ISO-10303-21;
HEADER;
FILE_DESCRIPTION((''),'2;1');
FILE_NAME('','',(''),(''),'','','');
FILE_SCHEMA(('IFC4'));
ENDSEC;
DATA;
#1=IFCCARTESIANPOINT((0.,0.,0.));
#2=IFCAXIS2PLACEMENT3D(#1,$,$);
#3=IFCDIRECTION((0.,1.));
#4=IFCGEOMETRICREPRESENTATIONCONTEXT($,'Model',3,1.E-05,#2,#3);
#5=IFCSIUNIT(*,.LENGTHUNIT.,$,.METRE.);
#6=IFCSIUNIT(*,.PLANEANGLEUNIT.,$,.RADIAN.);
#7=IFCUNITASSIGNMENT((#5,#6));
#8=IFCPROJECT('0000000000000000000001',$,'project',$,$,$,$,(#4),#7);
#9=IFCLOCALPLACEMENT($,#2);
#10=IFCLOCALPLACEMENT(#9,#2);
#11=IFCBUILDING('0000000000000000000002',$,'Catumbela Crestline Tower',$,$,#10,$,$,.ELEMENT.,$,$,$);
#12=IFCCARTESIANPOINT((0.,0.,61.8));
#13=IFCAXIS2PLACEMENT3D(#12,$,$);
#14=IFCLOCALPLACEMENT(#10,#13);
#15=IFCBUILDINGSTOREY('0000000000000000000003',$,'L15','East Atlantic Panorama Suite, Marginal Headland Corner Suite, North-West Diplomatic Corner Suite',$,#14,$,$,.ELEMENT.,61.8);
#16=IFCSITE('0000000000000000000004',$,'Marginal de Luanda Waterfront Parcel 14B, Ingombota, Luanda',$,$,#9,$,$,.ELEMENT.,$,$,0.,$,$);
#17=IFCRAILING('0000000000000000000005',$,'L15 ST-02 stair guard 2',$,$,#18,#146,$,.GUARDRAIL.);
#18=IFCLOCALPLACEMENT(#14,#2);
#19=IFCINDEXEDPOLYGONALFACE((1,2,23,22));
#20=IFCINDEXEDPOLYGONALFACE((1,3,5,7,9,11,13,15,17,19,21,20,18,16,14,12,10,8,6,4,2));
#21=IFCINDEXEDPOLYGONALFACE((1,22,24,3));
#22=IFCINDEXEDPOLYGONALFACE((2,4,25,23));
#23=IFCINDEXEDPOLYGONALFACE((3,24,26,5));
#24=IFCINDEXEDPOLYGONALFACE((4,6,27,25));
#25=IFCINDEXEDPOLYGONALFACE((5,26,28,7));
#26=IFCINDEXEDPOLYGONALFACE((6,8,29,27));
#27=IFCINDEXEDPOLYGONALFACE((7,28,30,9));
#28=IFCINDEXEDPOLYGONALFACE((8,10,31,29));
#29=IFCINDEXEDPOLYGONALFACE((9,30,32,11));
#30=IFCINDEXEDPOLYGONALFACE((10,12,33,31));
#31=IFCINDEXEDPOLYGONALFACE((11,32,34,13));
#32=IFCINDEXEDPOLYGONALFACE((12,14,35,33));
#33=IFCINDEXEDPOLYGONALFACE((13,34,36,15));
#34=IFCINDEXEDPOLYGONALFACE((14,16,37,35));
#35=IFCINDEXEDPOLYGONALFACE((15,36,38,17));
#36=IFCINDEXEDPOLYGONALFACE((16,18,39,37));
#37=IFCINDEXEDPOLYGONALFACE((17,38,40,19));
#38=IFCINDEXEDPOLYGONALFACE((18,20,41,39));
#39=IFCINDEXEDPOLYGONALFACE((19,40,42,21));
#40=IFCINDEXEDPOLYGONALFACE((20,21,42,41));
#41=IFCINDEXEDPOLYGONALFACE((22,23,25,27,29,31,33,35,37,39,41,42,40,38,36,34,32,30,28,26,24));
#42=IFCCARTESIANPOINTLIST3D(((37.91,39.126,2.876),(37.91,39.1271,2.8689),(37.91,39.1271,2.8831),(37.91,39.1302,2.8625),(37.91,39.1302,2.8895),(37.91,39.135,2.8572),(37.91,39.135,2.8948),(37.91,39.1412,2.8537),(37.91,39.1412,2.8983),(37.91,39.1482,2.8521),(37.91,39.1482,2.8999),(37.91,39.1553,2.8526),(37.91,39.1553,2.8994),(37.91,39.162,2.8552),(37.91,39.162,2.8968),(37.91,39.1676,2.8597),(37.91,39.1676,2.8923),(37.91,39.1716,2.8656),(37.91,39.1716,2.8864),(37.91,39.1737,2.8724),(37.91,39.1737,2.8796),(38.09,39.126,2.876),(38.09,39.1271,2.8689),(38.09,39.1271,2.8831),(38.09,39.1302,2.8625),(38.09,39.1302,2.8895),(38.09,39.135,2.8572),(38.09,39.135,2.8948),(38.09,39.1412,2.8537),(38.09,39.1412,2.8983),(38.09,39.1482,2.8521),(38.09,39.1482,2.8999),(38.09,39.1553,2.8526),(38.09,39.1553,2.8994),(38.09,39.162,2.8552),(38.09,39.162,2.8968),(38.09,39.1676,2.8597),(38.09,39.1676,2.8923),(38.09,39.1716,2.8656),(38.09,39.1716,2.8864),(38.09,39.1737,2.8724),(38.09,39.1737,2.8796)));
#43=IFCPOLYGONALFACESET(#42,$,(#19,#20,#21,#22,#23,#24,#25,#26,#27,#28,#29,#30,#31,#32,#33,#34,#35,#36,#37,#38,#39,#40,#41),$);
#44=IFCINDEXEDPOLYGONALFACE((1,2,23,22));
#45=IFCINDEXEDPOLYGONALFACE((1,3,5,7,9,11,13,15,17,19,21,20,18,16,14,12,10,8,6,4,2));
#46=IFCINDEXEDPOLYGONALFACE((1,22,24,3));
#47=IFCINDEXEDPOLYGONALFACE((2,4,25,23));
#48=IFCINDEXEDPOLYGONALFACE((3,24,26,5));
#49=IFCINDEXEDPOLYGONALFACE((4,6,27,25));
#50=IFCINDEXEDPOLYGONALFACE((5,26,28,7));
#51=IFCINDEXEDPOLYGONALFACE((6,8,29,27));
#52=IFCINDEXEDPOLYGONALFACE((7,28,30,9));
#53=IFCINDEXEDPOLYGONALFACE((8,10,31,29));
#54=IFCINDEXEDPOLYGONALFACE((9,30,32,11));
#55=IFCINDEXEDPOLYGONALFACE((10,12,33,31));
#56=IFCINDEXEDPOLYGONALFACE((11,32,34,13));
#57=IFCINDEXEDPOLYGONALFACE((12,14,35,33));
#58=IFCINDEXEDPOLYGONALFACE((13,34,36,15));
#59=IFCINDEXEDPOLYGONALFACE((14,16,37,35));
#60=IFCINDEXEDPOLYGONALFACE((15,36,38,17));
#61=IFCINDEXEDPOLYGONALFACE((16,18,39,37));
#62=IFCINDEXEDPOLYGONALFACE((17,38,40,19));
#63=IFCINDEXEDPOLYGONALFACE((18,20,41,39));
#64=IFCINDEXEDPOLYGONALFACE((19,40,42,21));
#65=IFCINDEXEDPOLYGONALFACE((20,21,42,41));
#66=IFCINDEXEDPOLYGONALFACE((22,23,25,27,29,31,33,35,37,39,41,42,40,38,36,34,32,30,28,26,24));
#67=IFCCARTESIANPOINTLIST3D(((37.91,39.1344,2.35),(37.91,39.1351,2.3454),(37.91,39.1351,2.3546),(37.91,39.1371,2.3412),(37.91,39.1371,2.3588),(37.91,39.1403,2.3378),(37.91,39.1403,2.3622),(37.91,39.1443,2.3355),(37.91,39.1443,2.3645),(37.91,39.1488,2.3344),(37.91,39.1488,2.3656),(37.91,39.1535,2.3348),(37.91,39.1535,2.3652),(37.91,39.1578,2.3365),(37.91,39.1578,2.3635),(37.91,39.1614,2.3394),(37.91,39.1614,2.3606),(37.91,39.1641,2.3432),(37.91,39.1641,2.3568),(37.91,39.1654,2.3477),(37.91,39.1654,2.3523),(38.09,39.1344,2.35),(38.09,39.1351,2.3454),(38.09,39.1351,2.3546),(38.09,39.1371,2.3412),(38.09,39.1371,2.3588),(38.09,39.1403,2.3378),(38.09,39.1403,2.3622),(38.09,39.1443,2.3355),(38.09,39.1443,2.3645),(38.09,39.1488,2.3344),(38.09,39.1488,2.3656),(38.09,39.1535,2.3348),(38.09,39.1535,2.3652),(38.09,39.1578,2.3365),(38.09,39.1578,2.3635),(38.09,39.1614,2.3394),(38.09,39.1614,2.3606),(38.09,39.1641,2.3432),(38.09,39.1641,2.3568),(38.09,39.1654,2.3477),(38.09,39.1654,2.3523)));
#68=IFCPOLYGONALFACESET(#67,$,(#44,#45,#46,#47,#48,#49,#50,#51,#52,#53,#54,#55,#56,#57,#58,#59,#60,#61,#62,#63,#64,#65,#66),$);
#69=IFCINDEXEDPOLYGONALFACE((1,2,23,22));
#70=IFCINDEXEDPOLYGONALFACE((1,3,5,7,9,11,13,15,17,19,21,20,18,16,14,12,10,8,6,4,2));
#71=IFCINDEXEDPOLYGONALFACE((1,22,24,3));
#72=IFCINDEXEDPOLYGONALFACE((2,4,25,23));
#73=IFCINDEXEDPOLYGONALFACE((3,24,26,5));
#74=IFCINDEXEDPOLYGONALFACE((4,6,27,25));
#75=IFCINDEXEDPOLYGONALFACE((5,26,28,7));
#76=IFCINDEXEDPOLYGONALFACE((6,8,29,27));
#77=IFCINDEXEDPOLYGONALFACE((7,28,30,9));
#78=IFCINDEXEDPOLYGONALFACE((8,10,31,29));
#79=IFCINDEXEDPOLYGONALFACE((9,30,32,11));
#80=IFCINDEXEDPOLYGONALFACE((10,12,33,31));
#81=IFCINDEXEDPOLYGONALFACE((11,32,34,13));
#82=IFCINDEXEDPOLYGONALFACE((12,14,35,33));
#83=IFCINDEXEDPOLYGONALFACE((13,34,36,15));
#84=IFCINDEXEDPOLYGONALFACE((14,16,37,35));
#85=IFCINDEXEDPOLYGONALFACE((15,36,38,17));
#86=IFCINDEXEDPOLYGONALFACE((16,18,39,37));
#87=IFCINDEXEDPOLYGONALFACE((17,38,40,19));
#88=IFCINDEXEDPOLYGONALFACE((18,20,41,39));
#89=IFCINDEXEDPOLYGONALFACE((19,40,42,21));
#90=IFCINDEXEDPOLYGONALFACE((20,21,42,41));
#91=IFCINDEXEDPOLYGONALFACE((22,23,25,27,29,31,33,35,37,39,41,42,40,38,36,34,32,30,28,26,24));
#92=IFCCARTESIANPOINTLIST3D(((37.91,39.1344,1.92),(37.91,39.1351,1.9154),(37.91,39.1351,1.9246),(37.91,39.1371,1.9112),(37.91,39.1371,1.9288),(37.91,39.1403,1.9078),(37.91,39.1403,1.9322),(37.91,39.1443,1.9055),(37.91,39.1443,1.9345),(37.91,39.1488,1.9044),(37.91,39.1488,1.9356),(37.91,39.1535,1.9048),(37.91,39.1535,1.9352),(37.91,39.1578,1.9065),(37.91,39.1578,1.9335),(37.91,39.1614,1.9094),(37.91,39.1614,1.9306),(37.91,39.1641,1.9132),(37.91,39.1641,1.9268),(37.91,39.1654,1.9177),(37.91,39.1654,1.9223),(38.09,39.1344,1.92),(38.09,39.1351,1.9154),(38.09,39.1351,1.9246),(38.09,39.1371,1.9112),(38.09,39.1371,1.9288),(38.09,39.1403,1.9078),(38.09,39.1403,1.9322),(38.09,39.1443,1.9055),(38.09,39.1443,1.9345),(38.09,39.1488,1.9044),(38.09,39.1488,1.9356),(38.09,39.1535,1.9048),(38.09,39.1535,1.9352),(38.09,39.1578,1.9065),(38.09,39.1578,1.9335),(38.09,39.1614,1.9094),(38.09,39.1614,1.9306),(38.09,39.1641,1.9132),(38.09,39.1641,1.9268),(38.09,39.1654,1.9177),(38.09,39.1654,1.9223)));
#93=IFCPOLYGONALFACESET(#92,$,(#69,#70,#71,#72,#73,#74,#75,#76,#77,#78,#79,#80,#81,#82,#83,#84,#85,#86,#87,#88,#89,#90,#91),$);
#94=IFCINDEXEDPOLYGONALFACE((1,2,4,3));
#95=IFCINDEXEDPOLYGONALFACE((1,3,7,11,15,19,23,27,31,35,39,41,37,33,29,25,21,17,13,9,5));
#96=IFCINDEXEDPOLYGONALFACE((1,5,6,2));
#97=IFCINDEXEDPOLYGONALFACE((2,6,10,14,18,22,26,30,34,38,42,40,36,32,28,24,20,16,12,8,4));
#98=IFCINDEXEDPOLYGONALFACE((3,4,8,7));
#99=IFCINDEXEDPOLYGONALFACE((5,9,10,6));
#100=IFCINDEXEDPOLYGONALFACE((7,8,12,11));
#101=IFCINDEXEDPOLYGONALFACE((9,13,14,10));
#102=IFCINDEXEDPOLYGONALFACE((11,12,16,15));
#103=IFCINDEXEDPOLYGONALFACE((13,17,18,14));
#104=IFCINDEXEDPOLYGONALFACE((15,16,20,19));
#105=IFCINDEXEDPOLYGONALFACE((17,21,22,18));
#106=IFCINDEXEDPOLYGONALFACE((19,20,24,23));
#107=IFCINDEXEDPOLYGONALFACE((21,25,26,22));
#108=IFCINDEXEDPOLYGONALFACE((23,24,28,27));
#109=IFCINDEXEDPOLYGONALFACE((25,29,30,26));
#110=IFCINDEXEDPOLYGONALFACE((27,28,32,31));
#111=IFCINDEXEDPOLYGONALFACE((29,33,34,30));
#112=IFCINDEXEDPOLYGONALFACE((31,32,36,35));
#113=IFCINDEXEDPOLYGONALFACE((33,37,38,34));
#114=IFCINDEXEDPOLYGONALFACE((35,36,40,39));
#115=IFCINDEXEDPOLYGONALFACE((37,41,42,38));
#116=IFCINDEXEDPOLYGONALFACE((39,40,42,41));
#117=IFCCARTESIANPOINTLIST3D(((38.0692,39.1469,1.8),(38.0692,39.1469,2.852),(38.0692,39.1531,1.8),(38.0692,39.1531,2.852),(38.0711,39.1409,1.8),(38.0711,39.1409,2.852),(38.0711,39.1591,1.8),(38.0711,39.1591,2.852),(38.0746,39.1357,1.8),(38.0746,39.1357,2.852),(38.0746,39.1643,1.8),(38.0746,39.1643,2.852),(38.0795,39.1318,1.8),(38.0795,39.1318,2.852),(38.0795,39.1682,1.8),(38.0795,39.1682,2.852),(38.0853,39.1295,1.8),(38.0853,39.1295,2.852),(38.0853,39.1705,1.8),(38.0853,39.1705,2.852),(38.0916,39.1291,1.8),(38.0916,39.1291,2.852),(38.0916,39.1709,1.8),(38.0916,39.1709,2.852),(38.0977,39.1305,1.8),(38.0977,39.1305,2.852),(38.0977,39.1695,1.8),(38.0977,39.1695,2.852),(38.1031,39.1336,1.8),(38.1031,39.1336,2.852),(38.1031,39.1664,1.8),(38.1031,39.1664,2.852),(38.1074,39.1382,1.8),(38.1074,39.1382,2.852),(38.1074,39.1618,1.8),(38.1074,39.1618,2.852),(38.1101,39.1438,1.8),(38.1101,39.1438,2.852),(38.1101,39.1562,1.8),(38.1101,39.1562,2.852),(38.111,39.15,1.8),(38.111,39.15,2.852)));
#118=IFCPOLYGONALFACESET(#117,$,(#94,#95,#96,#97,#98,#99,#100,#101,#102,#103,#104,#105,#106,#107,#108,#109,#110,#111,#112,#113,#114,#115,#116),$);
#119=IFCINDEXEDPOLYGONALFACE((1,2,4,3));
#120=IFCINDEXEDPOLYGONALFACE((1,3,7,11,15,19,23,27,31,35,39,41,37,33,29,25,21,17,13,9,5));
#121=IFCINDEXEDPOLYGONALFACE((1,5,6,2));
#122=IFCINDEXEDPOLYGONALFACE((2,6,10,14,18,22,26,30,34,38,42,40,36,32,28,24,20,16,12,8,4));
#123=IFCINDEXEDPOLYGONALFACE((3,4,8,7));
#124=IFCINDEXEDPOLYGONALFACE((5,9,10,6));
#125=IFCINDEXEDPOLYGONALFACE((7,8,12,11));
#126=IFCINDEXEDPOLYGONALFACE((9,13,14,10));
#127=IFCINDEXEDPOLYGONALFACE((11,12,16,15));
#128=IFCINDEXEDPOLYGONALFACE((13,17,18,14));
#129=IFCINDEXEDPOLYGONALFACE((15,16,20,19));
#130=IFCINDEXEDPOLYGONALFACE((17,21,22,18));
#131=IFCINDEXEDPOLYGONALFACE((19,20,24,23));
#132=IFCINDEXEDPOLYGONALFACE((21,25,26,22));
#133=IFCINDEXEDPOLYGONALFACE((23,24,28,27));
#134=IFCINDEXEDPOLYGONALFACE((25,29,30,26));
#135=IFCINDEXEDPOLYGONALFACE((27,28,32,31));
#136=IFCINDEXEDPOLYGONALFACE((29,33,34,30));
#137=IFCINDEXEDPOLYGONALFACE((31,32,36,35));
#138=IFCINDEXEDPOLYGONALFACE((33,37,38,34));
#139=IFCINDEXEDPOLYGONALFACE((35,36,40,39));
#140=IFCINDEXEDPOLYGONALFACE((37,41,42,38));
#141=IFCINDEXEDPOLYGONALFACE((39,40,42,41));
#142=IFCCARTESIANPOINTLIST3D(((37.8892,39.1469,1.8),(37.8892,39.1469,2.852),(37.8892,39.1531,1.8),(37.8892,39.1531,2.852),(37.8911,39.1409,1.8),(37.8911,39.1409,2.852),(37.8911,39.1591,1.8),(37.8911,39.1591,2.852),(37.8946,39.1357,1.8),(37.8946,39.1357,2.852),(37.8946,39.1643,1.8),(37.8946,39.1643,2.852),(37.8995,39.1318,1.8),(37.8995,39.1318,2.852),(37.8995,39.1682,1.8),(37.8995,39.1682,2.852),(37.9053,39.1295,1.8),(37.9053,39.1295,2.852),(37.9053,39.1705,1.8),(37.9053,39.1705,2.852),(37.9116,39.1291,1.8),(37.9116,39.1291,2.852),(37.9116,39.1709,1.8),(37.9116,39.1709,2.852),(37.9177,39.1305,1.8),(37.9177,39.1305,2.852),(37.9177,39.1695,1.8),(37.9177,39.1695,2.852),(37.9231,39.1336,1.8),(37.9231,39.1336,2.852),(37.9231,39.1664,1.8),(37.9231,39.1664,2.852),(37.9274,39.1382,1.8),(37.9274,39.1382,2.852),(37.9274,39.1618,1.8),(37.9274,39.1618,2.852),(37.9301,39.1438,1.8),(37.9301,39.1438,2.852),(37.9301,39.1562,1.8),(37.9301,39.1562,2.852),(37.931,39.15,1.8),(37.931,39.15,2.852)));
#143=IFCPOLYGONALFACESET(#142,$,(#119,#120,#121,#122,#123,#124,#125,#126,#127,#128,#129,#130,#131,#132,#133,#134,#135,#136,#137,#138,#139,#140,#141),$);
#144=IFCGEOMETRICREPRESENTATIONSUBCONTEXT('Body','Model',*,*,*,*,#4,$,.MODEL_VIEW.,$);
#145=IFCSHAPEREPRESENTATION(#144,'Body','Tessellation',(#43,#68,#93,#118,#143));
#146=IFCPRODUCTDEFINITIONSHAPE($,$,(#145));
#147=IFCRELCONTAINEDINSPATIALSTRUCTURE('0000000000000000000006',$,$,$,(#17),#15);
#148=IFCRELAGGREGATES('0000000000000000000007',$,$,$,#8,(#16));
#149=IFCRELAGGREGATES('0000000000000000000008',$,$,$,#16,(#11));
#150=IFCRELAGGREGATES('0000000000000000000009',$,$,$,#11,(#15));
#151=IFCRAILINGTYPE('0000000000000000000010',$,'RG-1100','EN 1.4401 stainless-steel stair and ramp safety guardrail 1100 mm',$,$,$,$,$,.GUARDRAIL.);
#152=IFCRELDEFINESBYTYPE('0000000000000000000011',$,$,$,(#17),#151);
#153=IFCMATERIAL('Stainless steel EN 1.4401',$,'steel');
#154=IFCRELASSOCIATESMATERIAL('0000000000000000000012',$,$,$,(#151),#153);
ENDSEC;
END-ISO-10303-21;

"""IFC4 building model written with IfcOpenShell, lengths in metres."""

from ifc_helpers import new_model, si_unit, direction, frame, origin, origin_2d, place, context, subcontext, project, spatial, circle, extrude, material, type_object, element, save


model = new_model("IFC4")

# Units and contexts
model_context = context("Model", 3, precision=1e-05, world=origin(), true_north=direction((0.0, 1.0)))
body_context = subcontext(model_context, "Body", "Model", "MODEL_VIEW")
ifc_project = project(units=[si_unit("LENGTHUNIT", "METRE"), si_unit("PLANEANGLEUNIT", "RADIAN")], contexts=[model_context])

# Site, building, storey
site_placement = place(None, origin())
site = spatial("IfcSite", under=ifc_project, at=site_placement, Name="Marginal de Luanda Waterfront Parcel 14B, Ingombota, Luanda", CompositionType="ELEMENT", RefElevation=0.0)
building_placement = place(site_placement, origin())
building = spatial("IfcBuilding", under=site, at=building_placement, Name="Catumbela Crestline Tower", CompositionType="ELEMENT")
storey_placement = place(building_placement, frame((0.0, 0.0, 61.8)))
storey = spatial("IfcBuildingStorey", under=building, at=storey_placement, Name="L15", Description="East Atlantic Panorama Suite, Marginal Headland Corner Suite, North-West Diplomatic Corner Suite", CompositionType="ELEMENT", Elevation=61.8)

# Shared definitions
ifc_material_1 = material(Name="Stainless steel EN 1.4401", Category="steel")

# Railing
railing_type_1 = type_object("IfcRailingType", Name="RG-1100", Description="EN 1.4401 stainless-steel stair and ramp safety guardrail 1100 mm", PredefinedType="GUARDRAIL", material=ifc_material_1)
railing_1_placement = place(storey_placement, frame((38.09, 39.15, 1.8)))
element("IfcRailing", 1, at=railing_1_placement, inside=storey, type_object=railing_type_1, Name="L15 ST-02 stair guard 2", PredefinedType="GUARDRAIL", context=body_context, shape_type="SweptSolid", body=[
    extrude(circle(Radius=0.024, at=origin_2d()), frame((0.0, 0.0, 1.076), z_axis=(-1.0, 0.0, 0.0), x_axis=(0.0, -1.0, 0.0)), (0.0, 0.0, 1.0), 0.18),
    extrude(circle(Radius=0.0156, at=origin_2d()), frame((0.0, 0.0, 0.55), z_axis=(-1.0, 0.0, 0.0), x_axis=(0.0, -1.0, 0.0)), (0.0, 0.0, 1.0), 0.18),
    extrude(circle(Radius=0.0156, at=origin_2d()), frame((0.0, 0.0, 0.12), z_axis=(-1.0, 0.0, 0.0), x_axis=(0.0, -1.0, 0.0)), (0.0, 0.0, 1.0), 0.18),
    extrude(circle(Radius=0.021, at=origin_2d()), origin(), (0.0, 0.0, 1.0), 1.052),
    extrude(circle(Radius=0.021, at=origin_2d()), frame((-0.18, 0.0, 0.0)), (0.0, 0.0, 1.0), 1.052),
])

save(model, "model.ifc")
